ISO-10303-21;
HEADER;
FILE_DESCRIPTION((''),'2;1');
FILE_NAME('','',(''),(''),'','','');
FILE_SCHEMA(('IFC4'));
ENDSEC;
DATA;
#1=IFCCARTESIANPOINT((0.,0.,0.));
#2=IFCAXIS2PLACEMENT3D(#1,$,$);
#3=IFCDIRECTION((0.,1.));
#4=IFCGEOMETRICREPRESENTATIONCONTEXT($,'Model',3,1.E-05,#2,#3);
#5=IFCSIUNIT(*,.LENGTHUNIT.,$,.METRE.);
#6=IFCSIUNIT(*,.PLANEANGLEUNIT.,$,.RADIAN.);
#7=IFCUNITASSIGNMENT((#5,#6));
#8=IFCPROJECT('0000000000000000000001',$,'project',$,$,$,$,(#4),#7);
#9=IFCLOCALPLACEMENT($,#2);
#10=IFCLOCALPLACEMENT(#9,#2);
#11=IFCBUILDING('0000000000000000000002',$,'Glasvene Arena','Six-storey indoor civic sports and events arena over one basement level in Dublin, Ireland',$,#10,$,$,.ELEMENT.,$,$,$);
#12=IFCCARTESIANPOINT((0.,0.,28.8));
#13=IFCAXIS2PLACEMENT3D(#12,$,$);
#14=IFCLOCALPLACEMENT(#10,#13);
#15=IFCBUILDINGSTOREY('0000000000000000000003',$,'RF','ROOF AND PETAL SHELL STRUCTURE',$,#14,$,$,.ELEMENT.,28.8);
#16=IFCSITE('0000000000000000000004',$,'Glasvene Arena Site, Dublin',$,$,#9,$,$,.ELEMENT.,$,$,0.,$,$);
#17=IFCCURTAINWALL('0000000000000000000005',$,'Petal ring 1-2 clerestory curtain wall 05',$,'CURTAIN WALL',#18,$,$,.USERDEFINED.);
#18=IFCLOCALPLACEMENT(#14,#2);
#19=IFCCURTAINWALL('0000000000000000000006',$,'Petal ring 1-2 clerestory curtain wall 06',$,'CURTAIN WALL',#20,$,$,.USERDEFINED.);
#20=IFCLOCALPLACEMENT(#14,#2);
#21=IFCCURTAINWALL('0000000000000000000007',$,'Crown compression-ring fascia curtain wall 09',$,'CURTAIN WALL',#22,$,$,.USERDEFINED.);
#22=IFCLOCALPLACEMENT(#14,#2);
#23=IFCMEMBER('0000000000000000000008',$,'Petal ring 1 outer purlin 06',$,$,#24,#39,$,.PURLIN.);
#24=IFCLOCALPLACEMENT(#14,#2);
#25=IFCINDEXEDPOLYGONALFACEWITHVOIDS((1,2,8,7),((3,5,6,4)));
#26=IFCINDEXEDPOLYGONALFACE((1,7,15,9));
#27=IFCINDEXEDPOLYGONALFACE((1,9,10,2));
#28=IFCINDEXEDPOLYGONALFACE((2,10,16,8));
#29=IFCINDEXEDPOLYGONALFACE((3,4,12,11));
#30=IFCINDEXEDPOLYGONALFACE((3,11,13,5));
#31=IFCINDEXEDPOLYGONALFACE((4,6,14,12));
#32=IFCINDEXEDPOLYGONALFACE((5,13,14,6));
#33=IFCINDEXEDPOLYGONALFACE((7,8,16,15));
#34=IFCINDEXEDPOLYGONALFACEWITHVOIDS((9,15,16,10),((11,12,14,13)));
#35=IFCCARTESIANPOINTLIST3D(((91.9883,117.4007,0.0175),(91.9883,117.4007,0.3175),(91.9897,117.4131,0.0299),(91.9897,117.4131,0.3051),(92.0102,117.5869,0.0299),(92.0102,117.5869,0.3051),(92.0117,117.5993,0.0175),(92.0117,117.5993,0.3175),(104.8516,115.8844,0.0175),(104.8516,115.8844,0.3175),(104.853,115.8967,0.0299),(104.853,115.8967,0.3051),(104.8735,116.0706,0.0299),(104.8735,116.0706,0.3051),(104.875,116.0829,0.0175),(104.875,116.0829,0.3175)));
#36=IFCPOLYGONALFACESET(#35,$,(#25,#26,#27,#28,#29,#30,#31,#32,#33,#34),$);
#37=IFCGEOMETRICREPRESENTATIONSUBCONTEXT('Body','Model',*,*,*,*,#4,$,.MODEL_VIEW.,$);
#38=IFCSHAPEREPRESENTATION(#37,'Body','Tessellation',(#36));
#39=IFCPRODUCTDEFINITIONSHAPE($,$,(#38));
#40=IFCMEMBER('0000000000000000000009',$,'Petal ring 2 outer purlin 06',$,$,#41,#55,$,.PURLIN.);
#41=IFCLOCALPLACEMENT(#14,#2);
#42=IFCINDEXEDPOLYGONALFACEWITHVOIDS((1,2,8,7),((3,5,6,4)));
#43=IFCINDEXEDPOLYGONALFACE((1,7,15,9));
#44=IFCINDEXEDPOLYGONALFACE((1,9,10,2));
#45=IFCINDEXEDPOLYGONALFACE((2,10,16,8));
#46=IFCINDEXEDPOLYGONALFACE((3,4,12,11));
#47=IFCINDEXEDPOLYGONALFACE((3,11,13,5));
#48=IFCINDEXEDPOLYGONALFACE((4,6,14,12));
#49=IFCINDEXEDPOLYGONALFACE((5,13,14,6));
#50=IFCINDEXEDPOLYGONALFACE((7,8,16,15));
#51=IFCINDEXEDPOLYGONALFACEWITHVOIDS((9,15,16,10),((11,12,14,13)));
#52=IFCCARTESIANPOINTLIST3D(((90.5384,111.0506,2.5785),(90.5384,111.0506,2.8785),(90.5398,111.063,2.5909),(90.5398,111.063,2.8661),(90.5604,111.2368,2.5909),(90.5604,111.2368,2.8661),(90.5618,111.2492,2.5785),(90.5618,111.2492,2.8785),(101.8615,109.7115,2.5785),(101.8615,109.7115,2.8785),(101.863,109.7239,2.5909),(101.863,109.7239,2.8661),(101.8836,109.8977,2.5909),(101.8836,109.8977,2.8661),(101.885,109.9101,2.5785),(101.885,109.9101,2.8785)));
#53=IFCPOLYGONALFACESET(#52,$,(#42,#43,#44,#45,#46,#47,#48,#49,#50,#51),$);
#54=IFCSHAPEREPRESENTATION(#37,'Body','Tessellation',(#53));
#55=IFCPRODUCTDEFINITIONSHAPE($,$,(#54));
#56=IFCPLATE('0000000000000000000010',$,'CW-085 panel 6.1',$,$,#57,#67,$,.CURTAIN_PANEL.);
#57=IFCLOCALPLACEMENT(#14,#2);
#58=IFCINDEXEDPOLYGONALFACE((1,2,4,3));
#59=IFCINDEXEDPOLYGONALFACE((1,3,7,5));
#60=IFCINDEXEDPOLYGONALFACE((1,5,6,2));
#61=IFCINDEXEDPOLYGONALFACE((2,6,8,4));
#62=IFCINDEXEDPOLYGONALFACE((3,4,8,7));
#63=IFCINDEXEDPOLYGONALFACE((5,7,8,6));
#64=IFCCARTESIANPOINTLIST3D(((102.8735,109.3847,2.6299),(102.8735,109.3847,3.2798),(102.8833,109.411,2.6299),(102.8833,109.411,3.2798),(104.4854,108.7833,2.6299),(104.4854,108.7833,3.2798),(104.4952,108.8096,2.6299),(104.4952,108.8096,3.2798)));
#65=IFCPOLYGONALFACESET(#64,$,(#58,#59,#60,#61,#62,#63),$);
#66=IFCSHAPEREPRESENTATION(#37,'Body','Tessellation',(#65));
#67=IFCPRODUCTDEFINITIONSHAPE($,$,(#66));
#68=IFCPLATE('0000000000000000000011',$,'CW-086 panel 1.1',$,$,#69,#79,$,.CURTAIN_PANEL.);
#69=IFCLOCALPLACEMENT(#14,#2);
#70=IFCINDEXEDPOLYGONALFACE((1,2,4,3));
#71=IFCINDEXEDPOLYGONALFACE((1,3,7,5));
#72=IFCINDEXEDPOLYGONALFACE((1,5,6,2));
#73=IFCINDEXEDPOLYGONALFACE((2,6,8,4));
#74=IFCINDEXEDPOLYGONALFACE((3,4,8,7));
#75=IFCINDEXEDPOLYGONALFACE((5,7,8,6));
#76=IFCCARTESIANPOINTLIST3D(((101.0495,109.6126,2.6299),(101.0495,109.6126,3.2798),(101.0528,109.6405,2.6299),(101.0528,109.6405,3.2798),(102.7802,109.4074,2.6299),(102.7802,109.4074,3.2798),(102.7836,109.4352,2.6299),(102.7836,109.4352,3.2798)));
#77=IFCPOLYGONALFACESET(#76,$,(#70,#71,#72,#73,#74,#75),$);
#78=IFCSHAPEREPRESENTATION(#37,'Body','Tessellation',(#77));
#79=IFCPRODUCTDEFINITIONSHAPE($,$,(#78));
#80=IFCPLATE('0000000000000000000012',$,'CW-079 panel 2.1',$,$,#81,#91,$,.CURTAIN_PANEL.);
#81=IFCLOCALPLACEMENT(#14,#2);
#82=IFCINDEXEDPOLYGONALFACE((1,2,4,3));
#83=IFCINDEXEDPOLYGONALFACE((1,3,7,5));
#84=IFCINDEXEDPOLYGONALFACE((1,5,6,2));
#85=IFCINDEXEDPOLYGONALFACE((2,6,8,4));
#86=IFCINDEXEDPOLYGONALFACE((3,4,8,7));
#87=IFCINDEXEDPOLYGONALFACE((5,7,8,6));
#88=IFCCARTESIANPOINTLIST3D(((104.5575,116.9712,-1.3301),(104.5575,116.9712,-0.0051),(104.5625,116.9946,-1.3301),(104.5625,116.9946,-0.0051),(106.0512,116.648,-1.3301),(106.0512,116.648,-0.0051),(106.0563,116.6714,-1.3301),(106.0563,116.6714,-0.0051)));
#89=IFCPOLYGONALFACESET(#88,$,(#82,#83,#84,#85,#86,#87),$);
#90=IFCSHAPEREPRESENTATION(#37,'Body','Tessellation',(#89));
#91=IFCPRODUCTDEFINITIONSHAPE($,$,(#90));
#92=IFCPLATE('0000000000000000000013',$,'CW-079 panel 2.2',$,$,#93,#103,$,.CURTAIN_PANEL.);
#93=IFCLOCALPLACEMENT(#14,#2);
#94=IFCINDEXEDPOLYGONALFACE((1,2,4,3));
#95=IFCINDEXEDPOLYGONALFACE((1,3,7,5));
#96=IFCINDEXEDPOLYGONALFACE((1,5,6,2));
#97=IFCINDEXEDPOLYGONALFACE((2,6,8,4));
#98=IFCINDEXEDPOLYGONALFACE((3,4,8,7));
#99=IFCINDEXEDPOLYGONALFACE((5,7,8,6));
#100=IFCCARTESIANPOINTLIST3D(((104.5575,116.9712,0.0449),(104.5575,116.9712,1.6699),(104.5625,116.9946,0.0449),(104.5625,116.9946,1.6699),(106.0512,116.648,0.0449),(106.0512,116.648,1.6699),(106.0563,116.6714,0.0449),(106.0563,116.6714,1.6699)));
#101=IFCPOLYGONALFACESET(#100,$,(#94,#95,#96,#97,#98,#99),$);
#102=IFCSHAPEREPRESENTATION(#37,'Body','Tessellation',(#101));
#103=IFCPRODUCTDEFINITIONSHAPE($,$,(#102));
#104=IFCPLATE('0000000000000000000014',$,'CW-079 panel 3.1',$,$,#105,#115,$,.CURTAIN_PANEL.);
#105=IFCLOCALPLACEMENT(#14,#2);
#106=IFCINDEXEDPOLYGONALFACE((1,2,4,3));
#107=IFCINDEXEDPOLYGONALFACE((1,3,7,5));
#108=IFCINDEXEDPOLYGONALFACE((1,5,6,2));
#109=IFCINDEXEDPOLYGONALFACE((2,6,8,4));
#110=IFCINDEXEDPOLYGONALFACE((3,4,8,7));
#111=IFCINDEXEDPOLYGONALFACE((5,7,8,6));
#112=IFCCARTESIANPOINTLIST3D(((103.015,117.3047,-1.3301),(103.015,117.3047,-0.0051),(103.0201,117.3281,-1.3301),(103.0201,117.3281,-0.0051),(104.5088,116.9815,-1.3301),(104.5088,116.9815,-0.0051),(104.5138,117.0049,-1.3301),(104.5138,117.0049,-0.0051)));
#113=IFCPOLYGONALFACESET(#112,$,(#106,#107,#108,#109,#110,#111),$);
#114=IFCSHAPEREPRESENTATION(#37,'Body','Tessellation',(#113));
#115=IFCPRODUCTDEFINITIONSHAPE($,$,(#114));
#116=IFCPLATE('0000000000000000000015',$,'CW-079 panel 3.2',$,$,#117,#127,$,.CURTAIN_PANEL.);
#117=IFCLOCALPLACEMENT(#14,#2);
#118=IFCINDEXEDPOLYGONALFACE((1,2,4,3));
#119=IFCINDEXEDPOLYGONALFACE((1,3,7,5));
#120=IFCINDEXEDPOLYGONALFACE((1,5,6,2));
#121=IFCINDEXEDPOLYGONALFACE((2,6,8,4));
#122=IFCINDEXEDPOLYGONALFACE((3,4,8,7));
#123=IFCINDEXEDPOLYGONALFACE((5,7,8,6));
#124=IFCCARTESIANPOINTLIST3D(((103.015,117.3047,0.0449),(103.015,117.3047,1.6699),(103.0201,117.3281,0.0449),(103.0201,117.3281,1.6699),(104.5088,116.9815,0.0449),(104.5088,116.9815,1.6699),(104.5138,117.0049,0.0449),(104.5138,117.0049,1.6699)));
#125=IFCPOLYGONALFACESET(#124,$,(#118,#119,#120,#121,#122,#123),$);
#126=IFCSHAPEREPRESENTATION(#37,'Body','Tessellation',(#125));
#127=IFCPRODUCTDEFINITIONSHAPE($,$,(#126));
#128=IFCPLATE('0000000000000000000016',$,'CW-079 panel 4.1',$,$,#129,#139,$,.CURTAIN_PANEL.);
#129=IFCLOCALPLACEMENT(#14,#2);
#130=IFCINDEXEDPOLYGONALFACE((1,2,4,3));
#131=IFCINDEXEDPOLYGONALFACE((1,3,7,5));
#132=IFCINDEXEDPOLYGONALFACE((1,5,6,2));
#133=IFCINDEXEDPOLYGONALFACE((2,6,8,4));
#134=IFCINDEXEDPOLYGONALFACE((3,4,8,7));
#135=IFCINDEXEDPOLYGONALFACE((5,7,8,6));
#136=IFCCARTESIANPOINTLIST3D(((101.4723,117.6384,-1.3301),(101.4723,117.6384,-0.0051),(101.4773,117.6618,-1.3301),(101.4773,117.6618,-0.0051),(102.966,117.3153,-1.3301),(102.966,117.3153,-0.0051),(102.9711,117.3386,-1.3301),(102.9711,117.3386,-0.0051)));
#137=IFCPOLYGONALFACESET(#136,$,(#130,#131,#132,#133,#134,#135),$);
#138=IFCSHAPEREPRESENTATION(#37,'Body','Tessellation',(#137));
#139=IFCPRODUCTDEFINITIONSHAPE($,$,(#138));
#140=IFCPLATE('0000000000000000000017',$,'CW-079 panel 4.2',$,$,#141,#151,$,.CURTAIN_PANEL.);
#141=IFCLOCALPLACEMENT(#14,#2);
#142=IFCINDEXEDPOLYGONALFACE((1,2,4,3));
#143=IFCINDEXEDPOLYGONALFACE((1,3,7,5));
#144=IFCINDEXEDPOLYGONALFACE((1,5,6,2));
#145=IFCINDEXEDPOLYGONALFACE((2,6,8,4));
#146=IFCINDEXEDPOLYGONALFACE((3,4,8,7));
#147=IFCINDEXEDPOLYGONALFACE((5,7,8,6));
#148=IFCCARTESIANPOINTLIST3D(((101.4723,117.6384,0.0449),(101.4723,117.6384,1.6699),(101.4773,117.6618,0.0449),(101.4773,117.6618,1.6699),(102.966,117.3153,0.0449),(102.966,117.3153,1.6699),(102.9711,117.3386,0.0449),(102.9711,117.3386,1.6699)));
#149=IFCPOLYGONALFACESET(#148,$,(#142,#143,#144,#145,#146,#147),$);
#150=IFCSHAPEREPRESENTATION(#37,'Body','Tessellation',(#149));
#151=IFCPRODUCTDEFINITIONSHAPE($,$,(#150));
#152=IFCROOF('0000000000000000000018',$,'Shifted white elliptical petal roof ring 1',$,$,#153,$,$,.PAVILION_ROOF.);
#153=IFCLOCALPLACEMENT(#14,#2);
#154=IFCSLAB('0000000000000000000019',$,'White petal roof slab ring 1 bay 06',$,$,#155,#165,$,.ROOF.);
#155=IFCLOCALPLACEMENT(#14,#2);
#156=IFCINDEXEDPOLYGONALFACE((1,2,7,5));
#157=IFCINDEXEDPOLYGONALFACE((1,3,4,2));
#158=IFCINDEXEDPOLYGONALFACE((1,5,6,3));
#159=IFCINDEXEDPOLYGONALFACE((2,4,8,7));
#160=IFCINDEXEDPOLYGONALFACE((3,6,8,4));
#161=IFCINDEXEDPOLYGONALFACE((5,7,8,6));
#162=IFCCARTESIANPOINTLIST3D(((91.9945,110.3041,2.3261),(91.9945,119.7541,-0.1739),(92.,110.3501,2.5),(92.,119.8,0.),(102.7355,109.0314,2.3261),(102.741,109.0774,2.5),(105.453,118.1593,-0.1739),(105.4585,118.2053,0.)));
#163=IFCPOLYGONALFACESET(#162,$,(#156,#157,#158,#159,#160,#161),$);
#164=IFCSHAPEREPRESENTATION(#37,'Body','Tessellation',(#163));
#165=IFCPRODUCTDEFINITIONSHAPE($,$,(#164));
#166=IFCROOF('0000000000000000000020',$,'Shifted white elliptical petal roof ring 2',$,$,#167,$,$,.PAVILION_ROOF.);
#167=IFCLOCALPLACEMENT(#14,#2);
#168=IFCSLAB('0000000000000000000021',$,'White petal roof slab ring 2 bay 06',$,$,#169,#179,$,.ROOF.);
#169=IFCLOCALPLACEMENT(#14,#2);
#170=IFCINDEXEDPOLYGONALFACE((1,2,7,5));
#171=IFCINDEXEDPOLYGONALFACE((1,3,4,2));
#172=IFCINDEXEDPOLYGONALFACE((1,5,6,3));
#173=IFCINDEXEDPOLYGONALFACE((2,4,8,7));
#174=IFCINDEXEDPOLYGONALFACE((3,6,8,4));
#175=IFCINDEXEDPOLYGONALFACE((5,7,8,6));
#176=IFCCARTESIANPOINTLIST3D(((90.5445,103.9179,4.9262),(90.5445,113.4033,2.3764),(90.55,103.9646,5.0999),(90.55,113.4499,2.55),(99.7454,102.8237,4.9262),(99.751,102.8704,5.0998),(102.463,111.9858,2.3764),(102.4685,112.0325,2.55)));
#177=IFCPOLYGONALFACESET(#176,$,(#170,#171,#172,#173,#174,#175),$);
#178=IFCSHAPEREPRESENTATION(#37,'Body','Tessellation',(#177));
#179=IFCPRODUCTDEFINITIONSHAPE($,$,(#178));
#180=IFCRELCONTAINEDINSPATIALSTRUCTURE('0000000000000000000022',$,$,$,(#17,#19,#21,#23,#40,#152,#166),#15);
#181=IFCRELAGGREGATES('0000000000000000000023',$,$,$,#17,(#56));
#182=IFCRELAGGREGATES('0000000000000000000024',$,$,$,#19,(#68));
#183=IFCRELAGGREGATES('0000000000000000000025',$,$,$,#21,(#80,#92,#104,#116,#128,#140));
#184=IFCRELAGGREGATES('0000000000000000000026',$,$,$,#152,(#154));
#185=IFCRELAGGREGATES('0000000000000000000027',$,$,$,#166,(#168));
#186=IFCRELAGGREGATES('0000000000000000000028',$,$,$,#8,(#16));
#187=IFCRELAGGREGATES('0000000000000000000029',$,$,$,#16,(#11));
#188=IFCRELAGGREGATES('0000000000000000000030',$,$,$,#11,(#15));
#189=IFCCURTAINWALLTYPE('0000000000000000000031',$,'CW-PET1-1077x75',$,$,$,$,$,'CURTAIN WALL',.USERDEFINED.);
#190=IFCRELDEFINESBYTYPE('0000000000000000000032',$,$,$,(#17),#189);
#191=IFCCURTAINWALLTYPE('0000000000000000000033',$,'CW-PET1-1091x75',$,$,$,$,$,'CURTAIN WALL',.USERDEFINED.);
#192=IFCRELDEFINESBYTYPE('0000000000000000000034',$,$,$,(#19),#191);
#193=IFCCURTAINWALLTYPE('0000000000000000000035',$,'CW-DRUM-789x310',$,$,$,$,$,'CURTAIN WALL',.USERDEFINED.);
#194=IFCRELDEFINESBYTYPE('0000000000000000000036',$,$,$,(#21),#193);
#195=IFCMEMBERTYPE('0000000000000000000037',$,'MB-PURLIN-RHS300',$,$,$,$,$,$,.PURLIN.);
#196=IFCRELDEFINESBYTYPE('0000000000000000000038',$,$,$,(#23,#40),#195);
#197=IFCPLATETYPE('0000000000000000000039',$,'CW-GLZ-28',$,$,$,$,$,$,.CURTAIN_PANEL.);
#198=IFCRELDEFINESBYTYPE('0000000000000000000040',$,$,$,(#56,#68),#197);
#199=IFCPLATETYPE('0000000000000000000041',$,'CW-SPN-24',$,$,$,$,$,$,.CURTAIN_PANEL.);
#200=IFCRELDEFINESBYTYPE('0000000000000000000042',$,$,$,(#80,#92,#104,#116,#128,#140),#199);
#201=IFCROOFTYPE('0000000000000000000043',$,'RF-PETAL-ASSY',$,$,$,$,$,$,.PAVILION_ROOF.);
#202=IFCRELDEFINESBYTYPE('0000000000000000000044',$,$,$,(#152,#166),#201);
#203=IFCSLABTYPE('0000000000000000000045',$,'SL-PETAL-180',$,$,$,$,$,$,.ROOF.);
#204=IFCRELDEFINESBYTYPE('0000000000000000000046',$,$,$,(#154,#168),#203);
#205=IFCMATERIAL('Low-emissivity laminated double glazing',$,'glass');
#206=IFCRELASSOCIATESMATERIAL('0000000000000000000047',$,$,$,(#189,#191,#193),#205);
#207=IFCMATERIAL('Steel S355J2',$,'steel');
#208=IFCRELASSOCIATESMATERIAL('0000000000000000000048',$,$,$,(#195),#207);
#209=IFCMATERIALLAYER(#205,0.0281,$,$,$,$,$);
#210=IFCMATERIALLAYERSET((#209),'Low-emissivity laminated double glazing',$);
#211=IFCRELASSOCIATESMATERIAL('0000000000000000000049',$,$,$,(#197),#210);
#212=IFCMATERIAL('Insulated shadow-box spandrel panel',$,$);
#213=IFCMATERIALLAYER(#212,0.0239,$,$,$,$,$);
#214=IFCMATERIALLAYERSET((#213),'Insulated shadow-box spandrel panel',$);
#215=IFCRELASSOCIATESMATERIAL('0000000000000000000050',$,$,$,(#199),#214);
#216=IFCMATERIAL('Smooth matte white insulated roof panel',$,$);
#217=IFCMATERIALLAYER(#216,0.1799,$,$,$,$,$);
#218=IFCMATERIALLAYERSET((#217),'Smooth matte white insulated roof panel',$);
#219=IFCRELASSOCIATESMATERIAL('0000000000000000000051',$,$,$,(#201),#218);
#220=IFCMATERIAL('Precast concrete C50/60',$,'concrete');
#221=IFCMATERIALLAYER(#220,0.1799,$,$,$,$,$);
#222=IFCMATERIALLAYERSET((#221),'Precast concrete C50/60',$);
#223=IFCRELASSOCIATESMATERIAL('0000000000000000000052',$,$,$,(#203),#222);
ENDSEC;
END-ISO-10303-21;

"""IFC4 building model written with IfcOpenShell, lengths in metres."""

from ifc_helpers import new_model, si_unit, direction, frame, origin, origin_2d, place, context, subcontext, project, spatial, polyline, rectangle, hollow_rectangle, outline, extrude, material, layer, layer_set, material_profile, profile_set, type_object, element, aggregate, save


model = new_model("IFC4")

# Units and contexts
model_context = context("Model", 3, precision=1e-05, world=origin(), true_north=direction((0.0, 1.0)))
body_context = subcontext(model_context, "Body", "Model", "MODEL_VIEW")
ifc_project = project(units=[si_unit("LENGTHUNIT", "METRE"), si_unit("PLANEANGLEUNIT", "RADIAN")], contexts=[model_context])

# Site, building, storey
site_placement = place(None, origin())
site = spatial("IfcSite", under=ifc_project, at=site_placement, Name="Glasvene Arena Site, Dublin", CompositionType="ELEMENT", RefElevation=0.0)
building_placement = place(site_placement, origin())
building = spatial("IfcBuilding", under=site, at=building_placement, Name="Glasvene Arena", Description="Six-storey indoor civic sports and events arena over one basement level in Dublin, Ireland", CompositionType="ELEMENT")
storey_placement = place(building_placement, frame((0.0, 0.0, 28.8)))
storey = spatial("IfcBuildingStorey", under=building, at=storey_placement, Name="RF", Description="ROOF AND PETAL SHELL STRUCTURE", CompositionType="ELEMENT", Elevation=28.8)

# Curtain wall
ifc_material_1 = material(Name="Low-emissivity laminated double glazing", Category="glass")
curtain_wall_type_1 = type_object("IfcCurtainWallType", Name="CW-PET1-1077x75", ElementType="CURTAIN WALL", PredefinedType="USERDEFINED", material=ifc_material_1)
curtain_wall_1_placement = place(storey_placement, frame((112.925, 105.6492, 0.0)))
curtain_wall_1 = element("IfcCurtainWall", 1, at=curtain_wall_1_placement, inside=storey, type_object=curtain_wall_type_1, Name="Petal ring 1-2 clerestory curtain wall 05", ObjectType="CURTAIN WALL", PredefinedType="USERDEFINED")

# Curtain wall
curtain_wall_type_2 = type_object("IfcCurtainWallType", Name="CW-PET1-1091x75", ElementType="CURTAIN WALL", PredefinedType="USERDEFINED", material=ifc_material_1)
curtain_wall_2_placement = place(storey_placement, frame((102.8315, 109.4153, 0.0)))
curtain_wall_2 = element("IfcCurtainWall", 2, at=curtain_wall_2_placement, inside=storey, type_object=curtain_wall_type_2, Name="Petal ring 1-2 clerestory curtain wall 06", ObjectType="CURTAIN WALL", PredefinedType="USERDEFINED")

# Curtain wall
curtain_wall_type_3 = type_object("IfcCurtainWallType", Name="CW-DRUM-789x310", ElementType="CURTAIN WALL", PredefinedType="USERDEFINED", material=ifc_material_1)
curtain_wall_3_placement = place(storey_placement, frame((107.6208, 116.3206, 0.0)))
curtain_wall_3 = element("IfcCurtainWall", 3, at=curtain_wall_3_placement, inside=storey, type_object=curtain_wall_type_3, Name="Crown compression-ring fascia curtain wall 09", ObjectType="CURTAIN WALL", PredefinedType="USERDEFINED")

# Members
ifc_material_2 = material(Name="Steel S355J2", Category="steel")
ifc_material_profile_1 = material_profile(ifc_material_2, hollow_rectangle(XDim=0.2, YDim=0.3, WallThickness=0.0125, at=origin_2d()), Name="RHS 300x200x12.5")
ifc_profile_set_1 = profile_set([ifc_material_profile_1], Name="Steel S355J2")
member_type_1 = type_object("IfcMemberType", Name="MB-PURLIN-RHS300", PredefinedType="PURLIN", material=ifc_profile_set_1)
member_1_placement = place(storey_placement, frame((104.8633, 115.9836, 0.1675), z_axis=(-0.993123, 0.117072, 0.0), x_axis=(-0.117072, -0.993123, 0.0)))
element("IfcMember", 4, at=member_1_placement, inside=storey, type_object=member_type_1, Name="Petal ring 1 outer purlin 06", PredefinedType="PURLIN", context=body_context, shape_type="SweptSolid", body=[
    extrude(hollow_rectangle(XDim=0.2, YDim=0.3, WallThickness=0.0125, at=origin_2d()), origin(), (0.0, 0.0, 1.0), 12.9524),
])
member_2_placement = place(storey_placement, frame((101.8733, 109.8108, 2.7285), z_axis=(-0.99308, 0.117444, 0.0), x_axis=(-0.117444, -0.99308, 0.0)))
element("IfcMember", 5, at=member_2_placement, inside=storey, type_object=member_type_1, Name="Petal ring 2 outer purlin 06", PredefinedType="PURLIN", context=body_context, shape_type="SweptSolid", body=[
    extrude(hollow_rectangle(XDim=0.2, YDim=0.3, WallThickness=0.0125, at=origin_2d()), origin(), (0.0, 0.0, 1.0), 11.4021),
])

# Plates
ifc_layer_1 = layer(ifc_material_1, 0.0281)
ifc_layer_set_1 = layer_set([ifc_layer_1], Name="Low-emissivity laminated double glazing")
plate_type_1 = type_object("IfcPlateType", Name="CW-GLZ-28", PredefinedType="CURTAIN_PANEL", material=ifc_layer_set_1)
plate_1_placement = place(storey_placement, frame((103.6843, 109.0972, 2.6299), z_axis=(0.0, 0.0, 1.0), x_axis=(-0.936902, 0.349591, 0.0)))
plate_1 = element("IfcPlate", 6, at=plate_1_placement, type_object=plate_type_1, Name="CW-085 panel 6.1", PredefinedType="CURTAIN_PANEL", context=body_context, shape_type="SweptSolid", body=[
    extrude(rectangle(XDim=1.7205, YDim=0.0281, at=origin_2d()), origin(), (0.0, 0.0, 1.0), 0.6499),
])
aggregate(curtain_wall_1, [plate_1])
plate_2_placement = place(storey_placement, frame((101.9165, 109.5239, 2.6299), z_axis=(0.0, 0.0, 1.0), x_axis=(-0.993041, 0.117772, 0.0)))
plate_2 = element("IfcPlate", 7, at=plate_2_placement, type_object=plate_type_1, Name="CW-086 panel 1.1", PredefinedType="CURTAIN_PANEL", context=body_context, shape_type="SweptSolid", body=[
    extrude(rectangle(XDim=1.7429, YDim=0.0281, at=origin_2d()), origin(), (0.0, 0.0, 1.0), 0.6499),
])
aggregate(curtain_wall_2, [plate_2])
ifc_material_3 = material(Name="Insulated shadow-box spandrel panel")
ifc_layer_2 = layer(ifc_material_3, 0.0239)
ifc_layer_set_2 = layer_set([ifc_layer_2], Name="Insulated shadow-box spandrel panel")
plate_type_2 = type_object("IfcPlateType", Name="CW-SPN-24", PredefinedType="CURTAIN_PANEL", material=ifc_layer_set_2)
plate_3_placement = place(storey_placement, frame((105.3069, 116.8213, -1.3301), z_axis=(0.0, 0.0, 1.0), x_axis=(-0.97739, 0.211445, 0.0)))
plate_3 = element("IfcPlate", 8, at=plate_3_placement, type_object=plate_type_2, Name="CW-079 panel 2.1", PredefinedType="CURTAIN_PANEL", context=body_context, shape_type="SweptSolid", body=[
    extrude(rectangle(XDim=1.5283, YDim=0.0239, at=origin_2d()), origin(), (0.0, 0.0, 1.0), 1.325),
])
plate_4_placement = place(storey_placement, frame((105.3069, 116.8213, 0.0449), z_axis=(0.0, 0.0, 1.0), x_axis=(-0.97739, 0.211445, 0.0)))
plate_4 = element("IfcPlate", 9, at=plate_4_placement, type_object=plate_type_2, Name="CW-079 panel 2.2", PredefinedType="CURTAIN_PANEL", context=body_context, shape_type="SweptSolid", body=[
    extrude(rectangle(XDim=1.5283, YDim=0.0239, at=origin_2d()), origin(), (0.0, 0.0, 1.0), 1.625),
])
plate_5_placement = place(storey_placement, frame((103.7644, 117.1548, -1.3301), z_axis=(0.0, 0.0, 1.0), x_axis=(-0.97739, 0.211445, 0.0)))
plate_5 = element("IfcPlate", 10, at=plate_5_placement, type_object=plate_type_2, Name="CW-079 panel 3.1", PredefinedType="CURTAIN_PANEL", context=body_context, shape_type="SweptSolid", body=[
    extrude(rectangle(XDim=1.5283, YDim=0.0239, at=origin_2d()), origin(), (0.0, 0.0, 1.0), 1.325),
])
plate_6_placement = place(storey_placement, frame((103.7644, 117.1548, 0.0449), z_axis=(0.0, 0.0, 1.0), x_axis=(-0.97739, 0.211445, 0.0)))
plate_6 = element("IfcPlate", 11, at=plate_6_placement, type_object=plate_type_2, Name="CW-079 panel 3.2", PredefinedType="CURTAIN_PANEL", context=body_context, shape_type="SweptSolid", body=[
    extrude(rectangle(XDim=1.5283, YDim=0.0239, at=origin_2d()), origin(), (0.0, 0.0, 1.0), 1.625),
])
plate_7_placement = place(storey_placement, frame((102.2217, 117.4885, -1.3301), z_axis=(0.0, 0.0, 1.0), x_axis=(-0.97739, 0.211445, 0.0)))
plate_7 = element("IfcPlate", 12, at=plate_7_placement, type_object=plate_type_2, Name="CW-079 panel 4.1", PredefinedType="CURTAIN_PANEL", context=body_context, shape_type="SweptSolid", body=[
    extrude(rectangle(XDim=1.5283, YDim=0.0239, at=origin_2d()), origin(), (0.0, 0.0, 1.0), 1.325),
])
plate_8_placement = place(storey_placement, frame((102.2217, 117.4885, 0.0449), z_axis=(0.0, 0.0, 1.0), x_axis=(-0.97739, 0.211445, 0.0)))
plate_8 = element("IfcPlate", 13, at=plate_8_placement, type_object=plate_type_2, Name="CW-079 panel 4.2", PredefinedType="CURTAIN_PANEL", context=body_context, shape_type="SweptSolid", body=[
    extrude(rectangle(XDim=1.5283, YDim=0.0239, at=origin_2d()), origin(), (0.0, 0.0, 1.0), 1.625),
])
aggregate(curtain_wall_3, [plate_3, plate_4, plate_5, plate_6, plate_7, plate_8])

# Roofs, slabs
ifc_material_4 = material(Name="Smooth matte white insulated roof panel")
ifc_layer_3 = layer(ifc_material_4, 0.1799)
ifc_layer_set_3 = layer_set([ifc_layer_3], Name="Smooth matte white insulated roof panel")
roof_type = type_object("IfcRoofType", Name="RF-PETAL-ASSY", PredefinedType="PAVILION_ROOF", material=ifc_layer_set_3)
roof_1_placement = place(storey_placement, frame((92.0, 73.0, 0.0)))
roof_1 = element("IfcRoof", 14, at=roof_1_placement, inside=storey, type_object=roof_type, Name="Shifted white elliptical petal roof ring 1", PredefinedType="PAVILION_ROOF")
ifc_material_5 = material(Name="Precast concrete C50/60", Category="concrete")
ifc_layer_4 = layer(ifc_material_5, 0.1799)
ifc_layer_set_4 = layer_set([ifc_layer_4], Name="Precast concrete C50/60")
slab_type = type_object("IfcSlabType", Name="SL-PETAL-180", PredefinedType="ROOF", material=ifc_layer_set_4)
slab_1_placement = place(storey_placement, frame((105.4585, 118.2053, 0.0), z_axis=(0.030291, 0.255636, 0.966298), x_axis=(-0.993053, 0.117669, 0.0)))
slab_1 = element("IfcSlab", 15, at=slab_1_placement, type_object=slab_type, Name="White petal roof slab ring 1 bay 06", PredefinedType="ROOF", context=body_context, shape_type="SweptSolid", body=[
    extrude(outline(polyline([(0.0, 0.0), (13.5526, 0.0), (12.4407, 9.7116), (1.6246, 9.7116), (0.0, 0.0)])), origin(), (0.0, 0.0, -1.0), 0.1799),
])
aggregate(roof_1, [slab_1])
roof_2_placement = place(storey_placement, frame((90.55, 71.8501, 2.55)))
roof_2 = element("IfcRoof", 16, at=roof_2_placement, inside=storey, type_object=roof_type, Name="Shifted white elliptical petal roof ring 2", PredefinedType="PAVILION_ROOF")
slab_2_placement = place(storey_placement, frame((102.4685, 112.0325, 2.55), z_axis=(0.030859, 0.259476, 0.965256), x_axis=(-0.993002, 0.118099, 0.0)))
slab_2 = element("IfcSlab", 17, at=slab_2_placement, type_object=slab_type, Name="White petal roof slab ring 2 bay 06", PredefinedType="ROOF", context=body_context, shape_type="SweptSolid", body=[
    extrude(outline(polyline([(0.0, 0.0), (12.0025, 0.0), (10.8822, 9.758), (1.6165, 9.758), (0.0, 0.0)])), origin(), (0.0, 0.0, -1.0), 0.1799),
])
aggregate(roof_2, [slab_2])

save(model, "model.ifc")
